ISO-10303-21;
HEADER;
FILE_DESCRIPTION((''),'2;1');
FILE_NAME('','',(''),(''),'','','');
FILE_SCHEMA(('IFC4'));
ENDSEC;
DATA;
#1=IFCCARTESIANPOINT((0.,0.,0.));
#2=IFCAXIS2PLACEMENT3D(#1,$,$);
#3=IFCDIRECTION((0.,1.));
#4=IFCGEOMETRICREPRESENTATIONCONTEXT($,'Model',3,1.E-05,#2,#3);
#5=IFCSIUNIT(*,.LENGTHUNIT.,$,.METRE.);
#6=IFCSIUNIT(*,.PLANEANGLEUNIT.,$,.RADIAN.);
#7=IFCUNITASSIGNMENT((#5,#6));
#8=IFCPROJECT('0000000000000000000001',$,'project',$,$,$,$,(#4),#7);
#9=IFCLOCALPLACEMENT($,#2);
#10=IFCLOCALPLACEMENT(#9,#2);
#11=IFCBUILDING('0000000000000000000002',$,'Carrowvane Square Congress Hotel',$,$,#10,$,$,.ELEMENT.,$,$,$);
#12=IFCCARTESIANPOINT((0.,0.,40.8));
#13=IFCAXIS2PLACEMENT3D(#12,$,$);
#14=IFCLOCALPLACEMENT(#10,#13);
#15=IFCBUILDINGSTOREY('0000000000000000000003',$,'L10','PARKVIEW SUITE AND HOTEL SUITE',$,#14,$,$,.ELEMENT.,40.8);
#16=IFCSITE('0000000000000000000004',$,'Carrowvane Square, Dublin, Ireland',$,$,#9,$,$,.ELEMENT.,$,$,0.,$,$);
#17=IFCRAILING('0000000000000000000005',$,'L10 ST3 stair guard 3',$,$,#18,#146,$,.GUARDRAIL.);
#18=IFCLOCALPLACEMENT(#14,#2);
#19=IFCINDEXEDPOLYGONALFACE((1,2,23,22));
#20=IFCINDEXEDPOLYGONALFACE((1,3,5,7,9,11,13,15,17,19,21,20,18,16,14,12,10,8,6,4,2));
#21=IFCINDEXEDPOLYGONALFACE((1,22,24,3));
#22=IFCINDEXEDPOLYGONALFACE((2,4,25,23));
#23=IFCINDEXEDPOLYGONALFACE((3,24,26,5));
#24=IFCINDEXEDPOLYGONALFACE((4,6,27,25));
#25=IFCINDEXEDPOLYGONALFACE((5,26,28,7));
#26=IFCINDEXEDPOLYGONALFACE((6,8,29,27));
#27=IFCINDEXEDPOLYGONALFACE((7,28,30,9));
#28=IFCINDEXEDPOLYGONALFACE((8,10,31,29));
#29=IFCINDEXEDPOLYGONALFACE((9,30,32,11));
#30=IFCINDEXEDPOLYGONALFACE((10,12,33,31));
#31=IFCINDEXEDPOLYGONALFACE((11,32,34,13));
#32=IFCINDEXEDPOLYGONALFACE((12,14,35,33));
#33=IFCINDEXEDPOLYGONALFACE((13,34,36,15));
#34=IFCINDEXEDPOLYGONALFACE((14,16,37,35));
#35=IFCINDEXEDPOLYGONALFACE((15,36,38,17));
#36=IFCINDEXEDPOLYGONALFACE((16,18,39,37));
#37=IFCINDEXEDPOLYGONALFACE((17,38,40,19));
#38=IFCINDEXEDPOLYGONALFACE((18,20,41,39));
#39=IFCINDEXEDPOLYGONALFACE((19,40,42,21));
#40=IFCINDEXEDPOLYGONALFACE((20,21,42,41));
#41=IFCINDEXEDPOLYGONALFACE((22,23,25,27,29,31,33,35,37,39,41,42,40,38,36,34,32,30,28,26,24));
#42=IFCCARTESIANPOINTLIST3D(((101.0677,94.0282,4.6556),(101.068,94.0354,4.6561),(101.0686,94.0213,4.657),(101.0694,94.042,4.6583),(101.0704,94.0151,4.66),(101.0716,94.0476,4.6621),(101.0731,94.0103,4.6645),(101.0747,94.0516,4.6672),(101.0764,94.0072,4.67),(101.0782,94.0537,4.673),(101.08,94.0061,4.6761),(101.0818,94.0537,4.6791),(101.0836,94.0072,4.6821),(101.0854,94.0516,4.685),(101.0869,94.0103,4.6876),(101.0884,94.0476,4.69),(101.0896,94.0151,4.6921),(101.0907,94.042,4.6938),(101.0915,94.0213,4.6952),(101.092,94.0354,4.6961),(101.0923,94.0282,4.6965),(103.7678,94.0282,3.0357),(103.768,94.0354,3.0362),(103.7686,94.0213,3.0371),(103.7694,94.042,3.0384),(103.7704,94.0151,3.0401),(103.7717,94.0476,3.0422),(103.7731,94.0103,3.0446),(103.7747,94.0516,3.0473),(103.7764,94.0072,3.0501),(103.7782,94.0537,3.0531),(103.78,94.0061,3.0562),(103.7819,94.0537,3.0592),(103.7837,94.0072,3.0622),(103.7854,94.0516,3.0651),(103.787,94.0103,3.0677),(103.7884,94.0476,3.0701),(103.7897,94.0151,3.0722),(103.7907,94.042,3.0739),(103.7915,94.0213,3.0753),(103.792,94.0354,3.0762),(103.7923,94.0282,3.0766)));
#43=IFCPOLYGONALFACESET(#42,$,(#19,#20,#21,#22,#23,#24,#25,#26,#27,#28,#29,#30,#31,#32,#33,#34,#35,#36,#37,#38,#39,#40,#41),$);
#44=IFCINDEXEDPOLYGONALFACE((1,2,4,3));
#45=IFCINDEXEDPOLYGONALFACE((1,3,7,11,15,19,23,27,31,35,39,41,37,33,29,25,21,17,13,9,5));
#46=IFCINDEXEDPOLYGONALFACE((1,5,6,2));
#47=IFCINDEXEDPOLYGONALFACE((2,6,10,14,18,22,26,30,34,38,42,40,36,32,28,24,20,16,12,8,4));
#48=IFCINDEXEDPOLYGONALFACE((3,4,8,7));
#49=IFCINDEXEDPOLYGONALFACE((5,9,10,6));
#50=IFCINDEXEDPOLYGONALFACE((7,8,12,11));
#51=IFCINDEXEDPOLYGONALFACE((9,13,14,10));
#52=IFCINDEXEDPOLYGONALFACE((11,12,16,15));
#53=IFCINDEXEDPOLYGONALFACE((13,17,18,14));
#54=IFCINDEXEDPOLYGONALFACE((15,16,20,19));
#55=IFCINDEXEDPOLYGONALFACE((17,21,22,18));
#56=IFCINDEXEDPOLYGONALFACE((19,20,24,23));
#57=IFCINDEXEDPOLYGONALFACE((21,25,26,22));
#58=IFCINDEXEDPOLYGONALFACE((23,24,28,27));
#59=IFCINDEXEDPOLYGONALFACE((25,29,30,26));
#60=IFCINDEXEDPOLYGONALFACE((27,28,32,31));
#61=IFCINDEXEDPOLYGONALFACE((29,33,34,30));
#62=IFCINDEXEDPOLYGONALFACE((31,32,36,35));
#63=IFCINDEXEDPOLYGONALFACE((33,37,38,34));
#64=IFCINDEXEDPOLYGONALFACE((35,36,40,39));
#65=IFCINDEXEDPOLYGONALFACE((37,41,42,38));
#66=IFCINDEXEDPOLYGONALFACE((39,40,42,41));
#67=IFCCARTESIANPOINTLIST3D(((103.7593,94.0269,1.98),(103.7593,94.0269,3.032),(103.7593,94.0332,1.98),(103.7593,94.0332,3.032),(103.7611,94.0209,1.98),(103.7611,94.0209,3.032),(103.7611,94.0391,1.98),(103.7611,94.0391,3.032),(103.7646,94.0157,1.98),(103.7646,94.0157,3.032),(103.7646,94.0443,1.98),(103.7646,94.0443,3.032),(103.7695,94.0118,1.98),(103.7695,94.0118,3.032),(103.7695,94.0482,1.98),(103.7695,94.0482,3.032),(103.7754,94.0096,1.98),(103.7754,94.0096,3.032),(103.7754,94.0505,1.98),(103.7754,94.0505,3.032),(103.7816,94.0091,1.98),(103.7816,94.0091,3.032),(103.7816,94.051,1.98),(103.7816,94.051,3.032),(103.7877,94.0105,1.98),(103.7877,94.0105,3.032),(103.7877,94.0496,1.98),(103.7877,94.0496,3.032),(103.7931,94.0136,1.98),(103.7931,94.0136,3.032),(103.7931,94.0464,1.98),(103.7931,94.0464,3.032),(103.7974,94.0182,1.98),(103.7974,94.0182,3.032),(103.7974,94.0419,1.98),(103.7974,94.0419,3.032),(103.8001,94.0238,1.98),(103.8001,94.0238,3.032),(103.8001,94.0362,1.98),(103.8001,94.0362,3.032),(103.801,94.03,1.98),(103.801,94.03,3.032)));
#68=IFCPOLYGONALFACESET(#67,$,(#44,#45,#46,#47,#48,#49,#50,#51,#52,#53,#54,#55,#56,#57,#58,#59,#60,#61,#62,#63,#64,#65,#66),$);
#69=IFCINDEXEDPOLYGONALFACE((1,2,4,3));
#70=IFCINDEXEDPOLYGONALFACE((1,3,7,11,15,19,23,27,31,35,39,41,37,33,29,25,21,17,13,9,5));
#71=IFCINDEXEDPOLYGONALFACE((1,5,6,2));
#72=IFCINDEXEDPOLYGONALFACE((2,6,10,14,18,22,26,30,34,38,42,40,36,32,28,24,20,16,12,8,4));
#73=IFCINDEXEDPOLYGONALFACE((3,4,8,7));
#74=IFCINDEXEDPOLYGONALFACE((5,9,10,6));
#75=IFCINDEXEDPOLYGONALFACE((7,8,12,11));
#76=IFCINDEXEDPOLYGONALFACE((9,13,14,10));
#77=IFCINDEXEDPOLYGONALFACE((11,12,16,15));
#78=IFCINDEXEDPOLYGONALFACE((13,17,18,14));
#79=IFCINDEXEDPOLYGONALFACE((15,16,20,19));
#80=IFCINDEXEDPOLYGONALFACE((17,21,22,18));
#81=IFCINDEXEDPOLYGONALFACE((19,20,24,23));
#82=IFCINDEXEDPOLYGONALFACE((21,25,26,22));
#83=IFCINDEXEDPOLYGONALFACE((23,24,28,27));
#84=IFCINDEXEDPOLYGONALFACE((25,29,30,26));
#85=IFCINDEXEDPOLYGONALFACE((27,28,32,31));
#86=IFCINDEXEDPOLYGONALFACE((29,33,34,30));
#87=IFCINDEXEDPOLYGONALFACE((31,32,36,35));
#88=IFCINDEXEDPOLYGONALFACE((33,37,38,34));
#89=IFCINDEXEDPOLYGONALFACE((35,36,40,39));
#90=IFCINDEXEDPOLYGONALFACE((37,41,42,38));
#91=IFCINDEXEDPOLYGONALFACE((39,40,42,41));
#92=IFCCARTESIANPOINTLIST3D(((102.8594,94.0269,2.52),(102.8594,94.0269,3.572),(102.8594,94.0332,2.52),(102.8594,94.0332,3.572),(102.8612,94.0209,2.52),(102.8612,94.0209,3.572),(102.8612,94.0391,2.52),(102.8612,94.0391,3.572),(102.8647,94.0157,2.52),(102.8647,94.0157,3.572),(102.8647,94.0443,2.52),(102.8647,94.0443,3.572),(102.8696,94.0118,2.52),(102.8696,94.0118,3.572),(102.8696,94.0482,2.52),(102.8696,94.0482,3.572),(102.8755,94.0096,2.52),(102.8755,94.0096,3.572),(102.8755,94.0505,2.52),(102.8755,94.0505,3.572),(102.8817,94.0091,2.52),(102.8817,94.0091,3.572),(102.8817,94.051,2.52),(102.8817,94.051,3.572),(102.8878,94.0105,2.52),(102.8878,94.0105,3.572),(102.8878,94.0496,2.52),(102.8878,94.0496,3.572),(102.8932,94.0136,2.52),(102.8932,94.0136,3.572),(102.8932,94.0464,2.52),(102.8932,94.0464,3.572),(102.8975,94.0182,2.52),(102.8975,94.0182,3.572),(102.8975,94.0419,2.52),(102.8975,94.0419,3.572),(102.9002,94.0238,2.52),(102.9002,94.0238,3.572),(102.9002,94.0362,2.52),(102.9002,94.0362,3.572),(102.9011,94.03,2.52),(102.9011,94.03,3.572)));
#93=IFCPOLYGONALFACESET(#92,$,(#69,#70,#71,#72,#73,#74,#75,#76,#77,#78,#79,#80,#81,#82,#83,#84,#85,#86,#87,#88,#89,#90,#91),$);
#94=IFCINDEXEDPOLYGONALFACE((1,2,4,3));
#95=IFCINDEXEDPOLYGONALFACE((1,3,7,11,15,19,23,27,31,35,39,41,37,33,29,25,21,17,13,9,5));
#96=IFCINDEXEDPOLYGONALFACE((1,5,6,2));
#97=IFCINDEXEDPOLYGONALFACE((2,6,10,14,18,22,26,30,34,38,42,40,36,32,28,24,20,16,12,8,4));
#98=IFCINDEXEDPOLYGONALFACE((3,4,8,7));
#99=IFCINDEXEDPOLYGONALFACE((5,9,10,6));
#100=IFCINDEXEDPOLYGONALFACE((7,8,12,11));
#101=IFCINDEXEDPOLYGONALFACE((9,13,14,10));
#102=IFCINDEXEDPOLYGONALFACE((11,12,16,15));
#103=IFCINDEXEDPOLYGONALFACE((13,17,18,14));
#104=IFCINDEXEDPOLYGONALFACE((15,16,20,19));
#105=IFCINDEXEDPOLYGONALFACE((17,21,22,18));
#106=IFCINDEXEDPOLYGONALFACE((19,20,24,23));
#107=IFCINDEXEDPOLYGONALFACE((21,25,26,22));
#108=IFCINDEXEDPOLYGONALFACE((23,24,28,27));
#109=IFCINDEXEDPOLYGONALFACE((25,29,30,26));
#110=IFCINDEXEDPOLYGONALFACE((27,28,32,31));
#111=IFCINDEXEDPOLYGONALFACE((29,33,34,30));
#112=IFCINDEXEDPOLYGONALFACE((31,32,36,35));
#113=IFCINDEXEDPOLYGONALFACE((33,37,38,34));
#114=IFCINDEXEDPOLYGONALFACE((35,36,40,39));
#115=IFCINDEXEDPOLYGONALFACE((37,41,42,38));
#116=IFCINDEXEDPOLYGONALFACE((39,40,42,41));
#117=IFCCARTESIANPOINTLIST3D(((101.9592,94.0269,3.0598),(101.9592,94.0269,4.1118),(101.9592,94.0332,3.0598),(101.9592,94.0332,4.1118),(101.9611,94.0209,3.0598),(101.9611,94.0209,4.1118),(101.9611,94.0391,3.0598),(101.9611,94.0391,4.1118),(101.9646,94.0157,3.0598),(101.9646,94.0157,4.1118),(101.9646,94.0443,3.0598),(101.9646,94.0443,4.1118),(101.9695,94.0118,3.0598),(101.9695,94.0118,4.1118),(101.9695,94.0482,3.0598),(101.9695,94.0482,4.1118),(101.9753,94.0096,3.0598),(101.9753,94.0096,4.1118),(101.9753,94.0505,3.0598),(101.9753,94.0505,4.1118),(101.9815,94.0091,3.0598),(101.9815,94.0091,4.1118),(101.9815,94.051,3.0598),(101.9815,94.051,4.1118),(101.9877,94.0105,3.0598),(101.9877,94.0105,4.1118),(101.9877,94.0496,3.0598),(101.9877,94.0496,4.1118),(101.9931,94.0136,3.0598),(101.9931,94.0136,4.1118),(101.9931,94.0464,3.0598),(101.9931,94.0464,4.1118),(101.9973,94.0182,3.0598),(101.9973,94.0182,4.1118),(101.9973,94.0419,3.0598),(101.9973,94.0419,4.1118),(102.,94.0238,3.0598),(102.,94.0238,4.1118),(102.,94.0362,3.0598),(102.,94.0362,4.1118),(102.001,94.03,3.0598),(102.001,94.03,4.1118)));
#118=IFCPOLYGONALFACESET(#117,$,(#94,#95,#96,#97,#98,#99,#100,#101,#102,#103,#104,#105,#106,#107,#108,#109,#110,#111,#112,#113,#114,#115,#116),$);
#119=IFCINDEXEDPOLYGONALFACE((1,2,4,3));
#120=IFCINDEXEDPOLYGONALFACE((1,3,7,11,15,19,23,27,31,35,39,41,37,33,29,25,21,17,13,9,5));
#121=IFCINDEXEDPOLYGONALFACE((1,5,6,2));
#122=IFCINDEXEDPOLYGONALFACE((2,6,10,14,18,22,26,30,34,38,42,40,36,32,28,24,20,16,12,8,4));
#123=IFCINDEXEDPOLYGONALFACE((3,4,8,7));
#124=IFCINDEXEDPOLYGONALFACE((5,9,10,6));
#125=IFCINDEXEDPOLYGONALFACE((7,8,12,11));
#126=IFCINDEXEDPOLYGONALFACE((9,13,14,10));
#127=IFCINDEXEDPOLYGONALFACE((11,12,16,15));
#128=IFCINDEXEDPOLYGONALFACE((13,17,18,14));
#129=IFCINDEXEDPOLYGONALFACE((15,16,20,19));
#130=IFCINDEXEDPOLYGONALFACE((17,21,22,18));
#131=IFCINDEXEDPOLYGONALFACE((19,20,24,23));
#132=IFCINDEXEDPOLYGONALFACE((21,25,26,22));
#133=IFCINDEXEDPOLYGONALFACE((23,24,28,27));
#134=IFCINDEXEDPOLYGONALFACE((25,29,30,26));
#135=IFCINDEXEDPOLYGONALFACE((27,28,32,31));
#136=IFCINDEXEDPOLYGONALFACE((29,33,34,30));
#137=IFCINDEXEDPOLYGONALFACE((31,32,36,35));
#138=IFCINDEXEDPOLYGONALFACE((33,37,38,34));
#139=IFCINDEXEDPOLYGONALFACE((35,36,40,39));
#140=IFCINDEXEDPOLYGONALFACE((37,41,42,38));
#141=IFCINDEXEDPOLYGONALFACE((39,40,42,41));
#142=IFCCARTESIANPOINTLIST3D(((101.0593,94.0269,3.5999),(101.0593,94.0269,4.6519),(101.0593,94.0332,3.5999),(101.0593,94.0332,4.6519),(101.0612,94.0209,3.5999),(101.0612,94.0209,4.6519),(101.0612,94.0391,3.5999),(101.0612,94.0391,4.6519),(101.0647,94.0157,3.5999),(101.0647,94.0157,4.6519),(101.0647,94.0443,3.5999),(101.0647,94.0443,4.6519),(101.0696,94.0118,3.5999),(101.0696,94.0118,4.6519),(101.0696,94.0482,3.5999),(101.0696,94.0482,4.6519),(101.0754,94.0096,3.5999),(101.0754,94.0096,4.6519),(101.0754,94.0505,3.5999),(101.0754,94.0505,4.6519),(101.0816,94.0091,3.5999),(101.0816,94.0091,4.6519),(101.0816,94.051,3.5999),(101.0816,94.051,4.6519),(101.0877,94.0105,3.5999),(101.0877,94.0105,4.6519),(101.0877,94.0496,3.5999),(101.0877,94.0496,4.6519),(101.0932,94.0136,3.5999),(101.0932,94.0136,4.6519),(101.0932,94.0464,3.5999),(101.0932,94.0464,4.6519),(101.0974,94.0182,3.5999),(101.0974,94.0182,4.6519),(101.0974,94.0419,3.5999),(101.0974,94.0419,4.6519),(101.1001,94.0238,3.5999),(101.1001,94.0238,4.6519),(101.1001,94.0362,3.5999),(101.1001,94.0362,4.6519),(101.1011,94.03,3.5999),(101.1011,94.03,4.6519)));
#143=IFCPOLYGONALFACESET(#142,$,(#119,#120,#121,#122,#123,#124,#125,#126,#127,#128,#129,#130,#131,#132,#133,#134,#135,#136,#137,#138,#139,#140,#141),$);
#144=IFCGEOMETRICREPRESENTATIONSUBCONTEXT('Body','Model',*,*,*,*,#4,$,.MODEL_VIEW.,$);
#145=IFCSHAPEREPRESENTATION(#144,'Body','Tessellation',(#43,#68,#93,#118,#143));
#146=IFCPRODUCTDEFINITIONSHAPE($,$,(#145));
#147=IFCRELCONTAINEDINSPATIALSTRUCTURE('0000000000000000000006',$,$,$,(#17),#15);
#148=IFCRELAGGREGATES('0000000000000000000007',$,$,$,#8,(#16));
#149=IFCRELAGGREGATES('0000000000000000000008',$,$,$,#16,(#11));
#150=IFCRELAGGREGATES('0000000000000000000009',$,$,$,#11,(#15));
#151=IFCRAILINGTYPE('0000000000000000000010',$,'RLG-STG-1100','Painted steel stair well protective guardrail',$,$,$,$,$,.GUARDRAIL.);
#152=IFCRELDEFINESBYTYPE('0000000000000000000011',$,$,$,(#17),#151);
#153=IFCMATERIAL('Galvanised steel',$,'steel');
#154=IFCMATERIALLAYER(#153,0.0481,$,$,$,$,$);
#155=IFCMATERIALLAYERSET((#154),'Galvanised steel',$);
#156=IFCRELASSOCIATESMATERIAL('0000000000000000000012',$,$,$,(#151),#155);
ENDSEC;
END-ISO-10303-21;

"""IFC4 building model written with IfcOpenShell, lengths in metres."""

from ifc_helpers import new_model, si_unit, direction, frame, origin, origin_2d, place, context, subcontext, project, spatial, circle, extrude, material, layer, layer_set, type_object, element, save


model = new_model("IFC4")

# Units and contexts
model_context = context("Model", 3, precision=1e-05, world=origin(), true_north=direction((0.0, 1.0)))
body_context = subcontext(model_context, "Body", "Model", "MODEL_VIEW")
ifc_project = project(units=[si_unit("LENGTHUNIT", "METRE"), si_unit("PLANEANGLEUNIT", "RADIAN")], contexts=[model_context])

# Site, building, storey
site_placement = place(None, origin())
site = spatial("IfcSite", under=ifc_project, at=site_placement, Name="Carrowvane Square, Dublin, Ireland", CompositionType="ELEMENT", RefElevation=0.0)
building_placement = place(site_placement, origin())
building = spatial("IfcBuilding", under=site, at=building_placement, Name="Carrowvane Square Congress Hotel", CompositionType="ELEMENT")
storey_placement = place(building_placement, frame((0.0, 0.0, 40.8)))
storey = spatial("IfcBuildingStorey", under=building, at=storey_placement, Name="L10", Description="PARKVIEW SUITE AND HOTEL SUITE", CompositionType="ELEMENT", Elevation=40.8)

# Railing
ifc_material_1 = material(Name="Galvanised steel", Category="steel")
ifc_layer_1 = layer(ifc_material_1, 0.0481)
ifc_layer_set_1 = layer_set([ifc_layer_1], Name="Galvanised steel")
railing_type_1 = type_object("IfcRailingType", Name="RLG-STG-1100", Description="Painted steel stair well protective guardrail", PredefinedType="GUARDRAIL", material=ifc_layer_set_1)
railing_1_placement = place(storey_placement, frame((103.78, 94.03, 1.98)))
element("IfcRailing", 1, at=railing_1_placement, inside=storey, type_object=railing_type_1, Name="L10 ST3 stair guard 3", PredefinedType="GUARDRAIL", context=body_context, shape_type="SweptSolid", body=[
    extrude(circle(Radius=0.0239, at=origin_2d()), frame((0.0, 0.0, 1.0762), z_axis=(-0.857507, 0.0, 0.514473), x_axis=(0.0, -1.0, 0.0)), (0.0, 0.0, 1.0), 3.1487),
    extrude(circle(Radius=0.021, at=origin_2d()), origin(), (0.0, 0.0, 1.0), 1.052),
    extrude(circle(Radius=0.021, at=origin_2d()), frame((-0.8999, 0.0, 0.54)), (0.0, 0.0, 1.0), 1.052),
    extrude(circle(Radius=0.021, at=origin_2d()), frame((-1.8, 0.0, 1.0798)), (0.0, 0.0, 1.0), 1.052),
    extrude(circle(Radius=0.021, at=origin_2d()), frame((-2.7, 0.0, 1.6199)), (0.0, 0.0, 1.0), 1.052),
])

save(model, "model.ifc")
